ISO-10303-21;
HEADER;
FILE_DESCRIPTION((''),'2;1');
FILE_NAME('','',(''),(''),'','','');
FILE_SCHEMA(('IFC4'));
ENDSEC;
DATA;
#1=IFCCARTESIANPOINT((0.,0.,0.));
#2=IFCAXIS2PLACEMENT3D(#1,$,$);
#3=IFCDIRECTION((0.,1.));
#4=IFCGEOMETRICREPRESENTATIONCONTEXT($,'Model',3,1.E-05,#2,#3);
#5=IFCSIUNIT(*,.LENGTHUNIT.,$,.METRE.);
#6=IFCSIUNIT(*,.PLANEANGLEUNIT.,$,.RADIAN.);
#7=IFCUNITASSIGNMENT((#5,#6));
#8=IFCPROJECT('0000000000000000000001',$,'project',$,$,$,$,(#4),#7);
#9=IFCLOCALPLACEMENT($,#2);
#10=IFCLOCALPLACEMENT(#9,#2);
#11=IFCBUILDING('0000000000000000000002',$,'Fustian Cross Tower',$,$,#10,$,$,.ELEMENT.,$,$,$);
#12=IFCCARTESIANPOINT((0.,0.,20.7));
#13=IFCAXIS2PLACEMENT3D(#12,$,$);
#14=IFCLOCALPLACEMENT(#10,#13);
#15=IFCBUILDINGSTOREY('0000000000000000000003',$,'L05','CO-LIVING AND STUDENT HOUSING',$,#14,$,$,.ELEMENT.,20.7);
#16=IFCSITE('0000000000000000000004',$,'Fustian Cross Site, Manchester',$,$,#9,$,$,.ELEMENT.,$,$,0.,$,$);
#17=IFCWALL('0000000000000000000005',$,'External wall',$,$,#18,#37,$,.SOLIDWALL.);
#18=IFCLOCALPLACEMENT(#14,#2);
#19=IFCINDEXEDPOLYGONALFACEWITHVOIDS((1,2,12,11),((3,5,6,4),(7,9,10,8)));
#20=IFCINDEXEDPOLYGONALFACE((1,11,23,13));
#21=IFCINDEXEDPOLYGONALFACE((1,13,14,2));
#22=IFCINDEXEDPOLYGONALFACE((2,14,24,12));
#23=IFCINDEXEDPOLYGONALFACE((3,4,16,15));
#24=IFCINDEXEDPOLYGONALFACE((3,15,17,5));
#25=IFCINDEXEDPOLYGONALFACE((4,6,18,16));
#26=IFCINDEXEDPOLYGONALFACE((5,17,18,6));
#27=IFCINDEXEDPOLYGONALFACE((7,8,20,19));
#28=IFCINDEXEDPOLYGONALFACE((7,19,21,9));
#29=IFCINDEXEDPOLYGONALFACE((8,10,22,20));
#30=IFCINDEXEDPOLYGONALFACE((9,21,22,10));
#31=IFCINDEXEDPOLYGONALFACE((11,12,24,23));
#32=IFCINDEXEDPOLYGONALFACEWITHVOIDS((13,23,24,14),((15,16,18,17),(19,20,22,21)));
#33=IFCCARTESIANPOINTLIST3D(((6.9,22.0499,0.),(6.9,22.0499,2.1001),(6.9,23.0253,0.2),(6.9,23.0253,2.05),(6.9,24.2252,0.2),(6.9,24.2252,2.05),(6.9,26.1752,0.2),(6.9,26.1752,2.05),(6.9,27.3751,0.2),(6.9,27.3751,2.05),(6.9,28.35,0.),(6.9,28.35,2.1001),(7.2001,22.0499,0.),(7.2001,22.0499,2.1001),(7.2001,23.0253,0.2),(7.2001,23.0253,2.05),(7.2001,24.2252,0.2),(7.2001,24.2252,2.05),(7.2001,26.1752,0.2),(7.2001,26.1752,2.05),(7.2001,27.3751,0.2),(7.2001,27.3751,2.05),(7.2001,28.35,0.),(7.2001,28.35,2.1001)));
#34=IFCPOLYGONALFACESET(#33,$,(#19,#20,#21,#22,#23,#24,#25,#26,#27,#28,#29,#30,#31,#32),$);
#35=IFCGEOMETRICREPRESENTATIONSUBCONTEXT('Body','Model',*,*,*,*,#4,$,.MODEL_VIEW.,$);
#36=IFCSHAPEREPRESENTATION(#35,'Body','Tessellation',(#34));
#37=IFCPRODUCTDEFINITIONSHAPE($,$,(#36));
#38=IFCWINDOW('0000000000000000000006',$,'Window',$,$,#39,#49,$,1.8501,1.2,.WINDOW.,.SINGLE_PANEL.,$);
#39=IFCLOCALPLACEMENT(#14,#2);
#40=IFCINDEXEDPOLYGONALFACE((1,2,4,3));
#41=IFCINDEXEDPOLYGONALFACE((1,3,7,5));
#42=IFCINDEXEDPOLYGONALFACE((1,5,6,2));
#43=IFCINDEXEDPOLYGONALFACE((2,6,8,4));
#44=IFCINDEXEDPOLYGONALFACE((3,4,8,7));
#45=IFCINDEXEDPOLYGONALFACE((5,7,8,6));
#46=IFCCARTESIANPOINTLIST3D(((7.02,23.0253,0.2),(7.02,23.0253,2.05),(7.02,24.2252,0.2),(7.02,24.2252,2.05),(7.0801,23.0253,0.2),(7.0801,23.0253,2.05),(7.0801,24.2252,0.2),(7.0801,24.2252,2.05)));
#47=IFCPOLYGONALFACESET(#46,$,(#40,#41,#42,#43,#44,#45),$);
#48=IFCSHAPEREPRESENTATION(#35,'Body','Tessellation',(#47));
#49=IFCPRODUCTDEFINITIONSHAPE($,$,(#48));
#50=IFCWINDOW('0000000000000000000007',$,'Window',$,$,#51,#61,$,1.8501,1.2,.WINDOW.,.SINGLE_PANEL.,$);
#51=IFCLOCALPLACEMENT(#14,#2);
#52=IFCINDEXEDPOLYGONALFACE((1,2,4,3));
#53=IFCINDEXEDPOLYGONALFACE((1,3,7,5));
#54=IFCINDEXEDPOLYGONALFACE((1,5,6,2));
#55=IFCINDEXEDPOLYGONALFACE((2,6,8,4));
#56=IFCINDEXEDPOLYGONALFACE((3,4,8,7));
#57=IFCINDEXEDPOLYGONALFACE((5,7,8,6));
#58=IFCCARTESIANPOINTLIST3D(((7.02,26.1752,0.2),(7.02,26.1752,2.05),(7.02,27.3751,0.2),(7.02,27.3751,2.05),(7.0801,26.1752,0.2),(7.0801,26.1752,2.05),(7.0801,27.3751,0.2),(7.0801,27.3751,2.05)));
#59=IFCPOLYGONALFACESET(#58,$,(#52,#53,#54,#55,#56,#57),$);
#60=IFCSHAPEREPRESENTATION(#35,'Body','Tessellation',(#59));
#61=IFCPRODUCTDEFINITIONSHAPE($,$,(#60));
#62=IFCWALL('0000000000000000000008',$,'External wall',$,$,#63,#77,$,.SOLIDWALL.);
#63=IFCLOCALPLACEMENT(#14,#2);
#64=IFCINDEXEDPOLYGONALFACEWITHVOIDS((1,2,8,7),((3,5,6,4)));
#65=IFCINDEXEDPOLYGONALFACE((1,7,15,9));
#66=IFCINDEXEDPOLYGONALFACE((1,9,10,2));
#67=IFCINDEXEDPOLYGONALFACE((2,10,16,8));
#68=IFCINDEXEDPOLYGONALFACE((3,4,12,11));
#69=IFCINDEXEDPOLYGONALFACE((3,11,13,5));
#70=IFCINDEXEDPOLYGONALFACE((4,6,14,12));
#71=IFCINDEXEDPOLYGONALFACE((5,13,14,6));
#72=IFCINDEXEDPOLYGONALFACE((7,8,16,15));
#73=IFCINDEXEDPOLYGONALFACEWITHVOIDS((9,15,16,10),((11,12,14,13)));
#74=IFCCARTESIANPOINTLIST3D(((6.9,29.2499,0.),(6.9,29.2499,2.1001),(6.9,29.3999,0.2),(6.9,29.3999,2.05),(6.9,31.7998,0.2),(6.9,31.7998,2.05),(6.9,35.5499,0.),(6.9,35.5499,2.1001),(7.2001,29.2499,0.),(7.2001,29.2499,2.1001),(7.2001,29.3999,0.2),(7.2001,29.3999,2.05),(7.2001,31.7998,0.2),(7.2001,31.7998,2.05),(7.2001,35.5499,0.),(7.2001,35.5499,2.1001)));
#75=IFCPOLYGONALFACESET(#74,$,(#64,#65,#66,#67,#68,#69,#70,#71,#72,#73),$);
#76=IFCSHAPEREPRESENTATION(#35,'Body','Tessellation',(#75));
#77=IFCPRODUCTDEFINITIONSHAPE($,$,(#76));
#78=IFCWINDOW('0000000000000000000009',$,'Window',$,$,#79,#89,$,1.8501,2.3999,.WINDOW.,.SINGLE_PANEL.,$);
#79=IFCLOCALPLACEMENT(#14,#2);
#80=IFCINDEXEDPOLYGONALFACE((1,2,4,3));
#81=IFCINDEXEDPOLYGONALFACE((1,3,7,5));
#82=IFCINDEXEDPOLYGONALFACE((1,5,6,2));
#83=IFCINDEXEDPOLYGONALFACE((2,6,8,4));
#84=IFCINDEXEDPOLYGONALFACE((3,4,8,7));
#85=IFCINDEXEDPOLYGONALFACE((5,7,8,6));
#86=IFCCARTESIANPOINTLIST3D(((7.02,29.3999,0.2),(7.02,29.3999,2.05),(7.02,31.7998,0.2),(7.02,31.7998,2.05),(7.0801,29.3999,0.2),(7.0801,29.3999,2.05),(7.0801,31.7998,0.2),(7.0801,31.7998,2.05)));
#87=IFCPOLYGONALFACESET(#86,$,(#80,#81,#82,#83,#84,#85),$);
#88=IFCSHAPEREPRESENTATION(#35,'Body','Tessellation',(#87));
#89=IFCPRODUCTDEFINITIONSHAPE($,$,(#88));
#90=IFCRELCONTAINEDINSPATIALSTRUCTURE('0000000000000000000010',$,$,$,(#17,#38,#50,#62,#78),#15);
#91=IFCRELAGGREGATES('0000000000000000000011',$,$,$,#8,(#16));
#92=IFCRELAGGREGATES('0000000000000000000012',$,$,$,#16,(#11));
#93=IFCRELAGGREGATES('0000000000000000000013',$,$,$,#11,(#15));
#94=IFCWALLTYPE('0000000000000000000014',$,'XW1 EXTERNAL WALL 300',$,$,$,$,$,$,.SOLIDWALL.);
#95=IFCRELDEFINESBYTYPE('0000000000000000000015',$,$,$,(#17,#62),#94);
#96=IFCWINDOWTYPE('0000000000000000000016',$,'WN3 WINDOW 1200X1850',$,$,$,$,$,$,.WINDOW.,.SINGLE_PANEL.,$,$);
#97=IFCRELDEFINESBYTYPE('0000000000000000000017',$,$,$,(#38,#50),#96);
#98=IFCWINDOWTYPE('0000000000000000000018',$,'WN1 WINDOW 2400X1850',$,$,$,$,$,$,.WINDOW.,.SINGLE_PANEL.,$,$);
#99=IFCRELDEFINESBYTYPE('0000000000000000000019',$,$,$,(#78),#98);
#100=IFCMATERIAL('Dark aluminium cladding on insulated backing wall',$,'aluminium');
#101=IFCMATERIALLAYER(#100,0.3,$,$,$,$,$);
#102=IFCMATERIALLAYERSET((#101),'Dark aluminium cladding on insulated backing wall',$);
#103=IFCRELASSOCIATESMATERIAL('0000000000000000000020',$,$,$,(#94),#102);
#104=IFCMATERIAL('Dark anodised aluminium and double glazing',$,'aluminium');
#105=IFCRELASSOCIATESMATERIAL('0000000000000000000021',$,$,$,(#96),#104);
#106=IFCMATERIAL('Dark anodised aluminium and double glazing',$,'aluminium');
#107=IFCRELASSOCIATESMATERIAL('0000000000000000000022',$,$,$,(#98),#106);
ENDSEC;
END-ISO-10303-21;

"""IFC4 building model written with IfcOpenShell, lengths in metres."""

from ifc_helpers import new_model, si_unit, direction, frame, frame_2d, origin, place, context, subcontext, project, spatial, rectangle, extrude, material, layer, layer_set, type_object, element, fill, save


model = new_model("IFC4")

# Units and contexts
model_context = context("Model", 3, precision=1e-05, world=origin(), true_north=direction((0.0, 1.0)))
body_context = subcontext(model_context, "Body", "Model", "MODEL_VIEW")
ifc_project = project(units=[si_unit("LENGTHUNIT", "METRE"), si_unit("PLANEANGLEUNIT", "RADIAN")], contexts=[model_context])

# Site, building, storey
site_placement = place(None, origin())
site = spatial("IfcSite", under=ifc_project, at=site_placement, Name="Fustian Cross Site, Manchester", CompositionType="ELEMENT", RefElevation=0.0)
building_placement = place(site_placement, origin())
building = spatial("IfcBuilding", under=site, at=building_placement, Name="Fustian Cross Tower", CompositionType="ELEMENT")
storey_placement = place(building_placement, frame((0.0, 0.0, 20.7)))
storey = spatial("IfcBuildingStorey", under=building, at=storey_placement, Name="L05", Description="CO-LIVING AND STUDENT HOUSING", CompositionType="ELEMENT", Elevation=20.7)

# Shared definitions
ifc_material_1 = material(Name="Dark aluminium cladding on insulated backing wall", Category="aluminium")
ifc_layer_1 = layer(ifc_material_1, 0.3)
ifc_layer_set_1 = layer_set([ifc_layer_1], Name="Dark aluminium cladding on insulated backing wall")
wall_type_1 = type_object("IfcWallType", Name="XW1 EXTERNAL WALL 300", PredefinedType="SOLIDWALL", material=ifc_layer_set_1)
ifc_material_2 = material(Name="Dark anodised aluminium and double glazing", Category="aluminium")
window_type_1 = type_object("IfcWindowType", Name="WN3 WINDOW 1200X1850", PartitioningType="SINGLE_PANEL", PredefinedType="WINDOW", material=ifc_material_2)

# Wall, openings, windows
wall_1_placement = place(storey_placement, frame((7.05, 22.05, 0.0), z_axis=(0.0, 0.0, 1.0), x_axis=(0.0, 1.0, 0.0)))
wall_1 = element("IfcWall", 1, at=wall_1_placement, inside=storey, type_object=wall_type_1, Name="External wall", PredefinedType="SOLIDWALL", context=body_context, shape_type="SweptSolid", body=[
    extrude(rectangle(XDim=6.3, YDim=0.3, at=frame_2d((3.1499, 0.0))), origin(), (0.0, 0.0, 1.0), 2.1001),
])
opening_1_placement = place(wall_1_placement, frame((0.9751, 0.0, 0.2)))
opening_1 = element("IfcOpeningElement", 2, at=opening_1_placement, cuts=wall_1, PredefinedType="OPENING", context=body_context, shape_type="SweptSolid", body=[
    extrude(rectangle(XDim=1.2, YDim=1.8501, at=frame_2d((0.6001, 0.925))), frame((0.0, 0.1599, 0.0), z_axis=(0.0, -1.0, 0.0), x_axis=(1.0, 0.0, 0.0)), (0.0, 0.0, 1.0), 0.3201),
])
opening_2_placement = place(wall_1_placement, frame((4.125, 0.0, 0.2)))
opening_2 = element("IfcOpeningElement", 3, at=opening_2_placement, cuts=wall_1, PredefinedType="OPENING", context=body_context, shape_type="SweptSolid", body=[
    extrude(rectangle(XDim=1.2, YDim=1.8501, at=frame_2d((0.6001, 0.925))), frame((0.0, 0.1599, 0.0), z_axis=(0.0, -1.0, 0.0), x_axis=(1.0, 0.0, 0.0)), (0.0, 0.0, 1.0), 0.3201),
])
window_1_placement = place(opening_1_placement, origin())
window_1 = element("IfcWindow", 4, at=window_1_placement, inside=storey, type_object=window_type_1, Name="Window", OverallHeight=1.8501, OverallWidth=1.2, PartitioningType="SINGLE_PANEL", PredefinedType="WINDOW", context=body_context, shape_type="SweptSolid", body=[
    extrude(rectangle(XDim=1.2, YDim=1.8501, at=frame_2d((0.6001, 0.925))), frame((0.0, 0.03, 0.0), z_axis=(0.0, -1.0, 0.0), x_axis=(1.0, 0.0, 0.0)), (0.0, 0.0, 1.0), 0.0601),
])
fill(opening_1, window_1)
window_2_placement = place(opening_2_placement, origin())
window_2 = element("IfcWindow", 5, at=window_2_placement, inside=storey, type_object=window_type_1, Name="Window", OverallHeight=1.8501, OverallWidth=1.2, PartitioningType="SINGLE_PANEL", PredefinedType="WINDOW", context=body_context, shape_type="SweptSolid", body=[
    extrude(rectangle(XDim=1.2, YDim=1.8501, at=frame_2d((0.6001, 0.925))), frame((0.0, 0.03, 0.0), z_axis=(0.0, -1.0, 0.0), x_axis=(1.0, 0.0, 0.0)), (0.0, 0.0, 1.0), 0.0601),
])
fill(opening_2, window_2)

# Wall, opening, window
wall_2_placement = place(storey_placement, frame((7.05, 29.25, 0.0), z_axis=(0.0, 0.0, 1.0), x_axis=(0.0, 1.0, 0.0)))
wall_2 = element("IfcWall", 6, at=wall_2_placement, inside=storey, type_object=wall_type_1, Name="External wall", PredefinedType="SOLIDWALL", context=body_context, shape_type="SweptSolid", body=[
    extrude(rectangle(XDim=6.3, YDim=0.3, at=frame_2d((3.1499, 0.0))), origin(), (0.0, 0.0, 1.0), 2.1001),
])
opening_3_placement = place(wall_2_placement, frame((0.1499, 0.0, 0.2)))
opening_3 = element("IfcOpeningElement", 7, at=opening_3_placement, cuts=wall_2, PredefinedType="OPENING", context=body_context, shape_type="SweptSolid", body=[
    extrude(rectangle(XDim=2.3999, YDim=1.8501, at=frame_2d((1.2, 0.925))), frame((0.0, 0.1599, 0.0), z_axis=(0.0, -1.0, 0.0), x_axis=(1.0, 0.0, 0.0)), (0.0, 0.0, 1.0), 0.3201),
])
ifc_material_3 = material(Name="Dark anodised aluminium and double glazing", Category="aluminium")
window_type_2 = type_object("IfcWindowType", Name="WN1 WINDOW 2400X1850", PartitioningType="SINGLE_PANEL", PredefinedType="WINDOW", material=ifc_material_3)
window_3_placement = place(opening_3_placement, origin())
window_3 = element("IfcWindow", 8, at=window_3_placement, inside=storey, type_object=window_type_2, Name="Window", OverallHeight=1.8501, OverallWidth=2.3999, PartitioningType="SINGLE_PANEL", PredefinedType="WINDOW", context=body_context, shape_type="SweptSolid", body=[
    extrude(rectangle(XDim=2.3999, YDim=1.8501, at=frame_2d((1.2, 0.925))), frame((0.0, 0.03, 0.0), z_axis=(0.0, -1.0, 0.0), x_axis=(1.0, 0.0, 0.0)), (0.0, 0.0, 1.0), 0.0601),
])
fill(opening_3, window_3)

save(model, "model.ifc")
